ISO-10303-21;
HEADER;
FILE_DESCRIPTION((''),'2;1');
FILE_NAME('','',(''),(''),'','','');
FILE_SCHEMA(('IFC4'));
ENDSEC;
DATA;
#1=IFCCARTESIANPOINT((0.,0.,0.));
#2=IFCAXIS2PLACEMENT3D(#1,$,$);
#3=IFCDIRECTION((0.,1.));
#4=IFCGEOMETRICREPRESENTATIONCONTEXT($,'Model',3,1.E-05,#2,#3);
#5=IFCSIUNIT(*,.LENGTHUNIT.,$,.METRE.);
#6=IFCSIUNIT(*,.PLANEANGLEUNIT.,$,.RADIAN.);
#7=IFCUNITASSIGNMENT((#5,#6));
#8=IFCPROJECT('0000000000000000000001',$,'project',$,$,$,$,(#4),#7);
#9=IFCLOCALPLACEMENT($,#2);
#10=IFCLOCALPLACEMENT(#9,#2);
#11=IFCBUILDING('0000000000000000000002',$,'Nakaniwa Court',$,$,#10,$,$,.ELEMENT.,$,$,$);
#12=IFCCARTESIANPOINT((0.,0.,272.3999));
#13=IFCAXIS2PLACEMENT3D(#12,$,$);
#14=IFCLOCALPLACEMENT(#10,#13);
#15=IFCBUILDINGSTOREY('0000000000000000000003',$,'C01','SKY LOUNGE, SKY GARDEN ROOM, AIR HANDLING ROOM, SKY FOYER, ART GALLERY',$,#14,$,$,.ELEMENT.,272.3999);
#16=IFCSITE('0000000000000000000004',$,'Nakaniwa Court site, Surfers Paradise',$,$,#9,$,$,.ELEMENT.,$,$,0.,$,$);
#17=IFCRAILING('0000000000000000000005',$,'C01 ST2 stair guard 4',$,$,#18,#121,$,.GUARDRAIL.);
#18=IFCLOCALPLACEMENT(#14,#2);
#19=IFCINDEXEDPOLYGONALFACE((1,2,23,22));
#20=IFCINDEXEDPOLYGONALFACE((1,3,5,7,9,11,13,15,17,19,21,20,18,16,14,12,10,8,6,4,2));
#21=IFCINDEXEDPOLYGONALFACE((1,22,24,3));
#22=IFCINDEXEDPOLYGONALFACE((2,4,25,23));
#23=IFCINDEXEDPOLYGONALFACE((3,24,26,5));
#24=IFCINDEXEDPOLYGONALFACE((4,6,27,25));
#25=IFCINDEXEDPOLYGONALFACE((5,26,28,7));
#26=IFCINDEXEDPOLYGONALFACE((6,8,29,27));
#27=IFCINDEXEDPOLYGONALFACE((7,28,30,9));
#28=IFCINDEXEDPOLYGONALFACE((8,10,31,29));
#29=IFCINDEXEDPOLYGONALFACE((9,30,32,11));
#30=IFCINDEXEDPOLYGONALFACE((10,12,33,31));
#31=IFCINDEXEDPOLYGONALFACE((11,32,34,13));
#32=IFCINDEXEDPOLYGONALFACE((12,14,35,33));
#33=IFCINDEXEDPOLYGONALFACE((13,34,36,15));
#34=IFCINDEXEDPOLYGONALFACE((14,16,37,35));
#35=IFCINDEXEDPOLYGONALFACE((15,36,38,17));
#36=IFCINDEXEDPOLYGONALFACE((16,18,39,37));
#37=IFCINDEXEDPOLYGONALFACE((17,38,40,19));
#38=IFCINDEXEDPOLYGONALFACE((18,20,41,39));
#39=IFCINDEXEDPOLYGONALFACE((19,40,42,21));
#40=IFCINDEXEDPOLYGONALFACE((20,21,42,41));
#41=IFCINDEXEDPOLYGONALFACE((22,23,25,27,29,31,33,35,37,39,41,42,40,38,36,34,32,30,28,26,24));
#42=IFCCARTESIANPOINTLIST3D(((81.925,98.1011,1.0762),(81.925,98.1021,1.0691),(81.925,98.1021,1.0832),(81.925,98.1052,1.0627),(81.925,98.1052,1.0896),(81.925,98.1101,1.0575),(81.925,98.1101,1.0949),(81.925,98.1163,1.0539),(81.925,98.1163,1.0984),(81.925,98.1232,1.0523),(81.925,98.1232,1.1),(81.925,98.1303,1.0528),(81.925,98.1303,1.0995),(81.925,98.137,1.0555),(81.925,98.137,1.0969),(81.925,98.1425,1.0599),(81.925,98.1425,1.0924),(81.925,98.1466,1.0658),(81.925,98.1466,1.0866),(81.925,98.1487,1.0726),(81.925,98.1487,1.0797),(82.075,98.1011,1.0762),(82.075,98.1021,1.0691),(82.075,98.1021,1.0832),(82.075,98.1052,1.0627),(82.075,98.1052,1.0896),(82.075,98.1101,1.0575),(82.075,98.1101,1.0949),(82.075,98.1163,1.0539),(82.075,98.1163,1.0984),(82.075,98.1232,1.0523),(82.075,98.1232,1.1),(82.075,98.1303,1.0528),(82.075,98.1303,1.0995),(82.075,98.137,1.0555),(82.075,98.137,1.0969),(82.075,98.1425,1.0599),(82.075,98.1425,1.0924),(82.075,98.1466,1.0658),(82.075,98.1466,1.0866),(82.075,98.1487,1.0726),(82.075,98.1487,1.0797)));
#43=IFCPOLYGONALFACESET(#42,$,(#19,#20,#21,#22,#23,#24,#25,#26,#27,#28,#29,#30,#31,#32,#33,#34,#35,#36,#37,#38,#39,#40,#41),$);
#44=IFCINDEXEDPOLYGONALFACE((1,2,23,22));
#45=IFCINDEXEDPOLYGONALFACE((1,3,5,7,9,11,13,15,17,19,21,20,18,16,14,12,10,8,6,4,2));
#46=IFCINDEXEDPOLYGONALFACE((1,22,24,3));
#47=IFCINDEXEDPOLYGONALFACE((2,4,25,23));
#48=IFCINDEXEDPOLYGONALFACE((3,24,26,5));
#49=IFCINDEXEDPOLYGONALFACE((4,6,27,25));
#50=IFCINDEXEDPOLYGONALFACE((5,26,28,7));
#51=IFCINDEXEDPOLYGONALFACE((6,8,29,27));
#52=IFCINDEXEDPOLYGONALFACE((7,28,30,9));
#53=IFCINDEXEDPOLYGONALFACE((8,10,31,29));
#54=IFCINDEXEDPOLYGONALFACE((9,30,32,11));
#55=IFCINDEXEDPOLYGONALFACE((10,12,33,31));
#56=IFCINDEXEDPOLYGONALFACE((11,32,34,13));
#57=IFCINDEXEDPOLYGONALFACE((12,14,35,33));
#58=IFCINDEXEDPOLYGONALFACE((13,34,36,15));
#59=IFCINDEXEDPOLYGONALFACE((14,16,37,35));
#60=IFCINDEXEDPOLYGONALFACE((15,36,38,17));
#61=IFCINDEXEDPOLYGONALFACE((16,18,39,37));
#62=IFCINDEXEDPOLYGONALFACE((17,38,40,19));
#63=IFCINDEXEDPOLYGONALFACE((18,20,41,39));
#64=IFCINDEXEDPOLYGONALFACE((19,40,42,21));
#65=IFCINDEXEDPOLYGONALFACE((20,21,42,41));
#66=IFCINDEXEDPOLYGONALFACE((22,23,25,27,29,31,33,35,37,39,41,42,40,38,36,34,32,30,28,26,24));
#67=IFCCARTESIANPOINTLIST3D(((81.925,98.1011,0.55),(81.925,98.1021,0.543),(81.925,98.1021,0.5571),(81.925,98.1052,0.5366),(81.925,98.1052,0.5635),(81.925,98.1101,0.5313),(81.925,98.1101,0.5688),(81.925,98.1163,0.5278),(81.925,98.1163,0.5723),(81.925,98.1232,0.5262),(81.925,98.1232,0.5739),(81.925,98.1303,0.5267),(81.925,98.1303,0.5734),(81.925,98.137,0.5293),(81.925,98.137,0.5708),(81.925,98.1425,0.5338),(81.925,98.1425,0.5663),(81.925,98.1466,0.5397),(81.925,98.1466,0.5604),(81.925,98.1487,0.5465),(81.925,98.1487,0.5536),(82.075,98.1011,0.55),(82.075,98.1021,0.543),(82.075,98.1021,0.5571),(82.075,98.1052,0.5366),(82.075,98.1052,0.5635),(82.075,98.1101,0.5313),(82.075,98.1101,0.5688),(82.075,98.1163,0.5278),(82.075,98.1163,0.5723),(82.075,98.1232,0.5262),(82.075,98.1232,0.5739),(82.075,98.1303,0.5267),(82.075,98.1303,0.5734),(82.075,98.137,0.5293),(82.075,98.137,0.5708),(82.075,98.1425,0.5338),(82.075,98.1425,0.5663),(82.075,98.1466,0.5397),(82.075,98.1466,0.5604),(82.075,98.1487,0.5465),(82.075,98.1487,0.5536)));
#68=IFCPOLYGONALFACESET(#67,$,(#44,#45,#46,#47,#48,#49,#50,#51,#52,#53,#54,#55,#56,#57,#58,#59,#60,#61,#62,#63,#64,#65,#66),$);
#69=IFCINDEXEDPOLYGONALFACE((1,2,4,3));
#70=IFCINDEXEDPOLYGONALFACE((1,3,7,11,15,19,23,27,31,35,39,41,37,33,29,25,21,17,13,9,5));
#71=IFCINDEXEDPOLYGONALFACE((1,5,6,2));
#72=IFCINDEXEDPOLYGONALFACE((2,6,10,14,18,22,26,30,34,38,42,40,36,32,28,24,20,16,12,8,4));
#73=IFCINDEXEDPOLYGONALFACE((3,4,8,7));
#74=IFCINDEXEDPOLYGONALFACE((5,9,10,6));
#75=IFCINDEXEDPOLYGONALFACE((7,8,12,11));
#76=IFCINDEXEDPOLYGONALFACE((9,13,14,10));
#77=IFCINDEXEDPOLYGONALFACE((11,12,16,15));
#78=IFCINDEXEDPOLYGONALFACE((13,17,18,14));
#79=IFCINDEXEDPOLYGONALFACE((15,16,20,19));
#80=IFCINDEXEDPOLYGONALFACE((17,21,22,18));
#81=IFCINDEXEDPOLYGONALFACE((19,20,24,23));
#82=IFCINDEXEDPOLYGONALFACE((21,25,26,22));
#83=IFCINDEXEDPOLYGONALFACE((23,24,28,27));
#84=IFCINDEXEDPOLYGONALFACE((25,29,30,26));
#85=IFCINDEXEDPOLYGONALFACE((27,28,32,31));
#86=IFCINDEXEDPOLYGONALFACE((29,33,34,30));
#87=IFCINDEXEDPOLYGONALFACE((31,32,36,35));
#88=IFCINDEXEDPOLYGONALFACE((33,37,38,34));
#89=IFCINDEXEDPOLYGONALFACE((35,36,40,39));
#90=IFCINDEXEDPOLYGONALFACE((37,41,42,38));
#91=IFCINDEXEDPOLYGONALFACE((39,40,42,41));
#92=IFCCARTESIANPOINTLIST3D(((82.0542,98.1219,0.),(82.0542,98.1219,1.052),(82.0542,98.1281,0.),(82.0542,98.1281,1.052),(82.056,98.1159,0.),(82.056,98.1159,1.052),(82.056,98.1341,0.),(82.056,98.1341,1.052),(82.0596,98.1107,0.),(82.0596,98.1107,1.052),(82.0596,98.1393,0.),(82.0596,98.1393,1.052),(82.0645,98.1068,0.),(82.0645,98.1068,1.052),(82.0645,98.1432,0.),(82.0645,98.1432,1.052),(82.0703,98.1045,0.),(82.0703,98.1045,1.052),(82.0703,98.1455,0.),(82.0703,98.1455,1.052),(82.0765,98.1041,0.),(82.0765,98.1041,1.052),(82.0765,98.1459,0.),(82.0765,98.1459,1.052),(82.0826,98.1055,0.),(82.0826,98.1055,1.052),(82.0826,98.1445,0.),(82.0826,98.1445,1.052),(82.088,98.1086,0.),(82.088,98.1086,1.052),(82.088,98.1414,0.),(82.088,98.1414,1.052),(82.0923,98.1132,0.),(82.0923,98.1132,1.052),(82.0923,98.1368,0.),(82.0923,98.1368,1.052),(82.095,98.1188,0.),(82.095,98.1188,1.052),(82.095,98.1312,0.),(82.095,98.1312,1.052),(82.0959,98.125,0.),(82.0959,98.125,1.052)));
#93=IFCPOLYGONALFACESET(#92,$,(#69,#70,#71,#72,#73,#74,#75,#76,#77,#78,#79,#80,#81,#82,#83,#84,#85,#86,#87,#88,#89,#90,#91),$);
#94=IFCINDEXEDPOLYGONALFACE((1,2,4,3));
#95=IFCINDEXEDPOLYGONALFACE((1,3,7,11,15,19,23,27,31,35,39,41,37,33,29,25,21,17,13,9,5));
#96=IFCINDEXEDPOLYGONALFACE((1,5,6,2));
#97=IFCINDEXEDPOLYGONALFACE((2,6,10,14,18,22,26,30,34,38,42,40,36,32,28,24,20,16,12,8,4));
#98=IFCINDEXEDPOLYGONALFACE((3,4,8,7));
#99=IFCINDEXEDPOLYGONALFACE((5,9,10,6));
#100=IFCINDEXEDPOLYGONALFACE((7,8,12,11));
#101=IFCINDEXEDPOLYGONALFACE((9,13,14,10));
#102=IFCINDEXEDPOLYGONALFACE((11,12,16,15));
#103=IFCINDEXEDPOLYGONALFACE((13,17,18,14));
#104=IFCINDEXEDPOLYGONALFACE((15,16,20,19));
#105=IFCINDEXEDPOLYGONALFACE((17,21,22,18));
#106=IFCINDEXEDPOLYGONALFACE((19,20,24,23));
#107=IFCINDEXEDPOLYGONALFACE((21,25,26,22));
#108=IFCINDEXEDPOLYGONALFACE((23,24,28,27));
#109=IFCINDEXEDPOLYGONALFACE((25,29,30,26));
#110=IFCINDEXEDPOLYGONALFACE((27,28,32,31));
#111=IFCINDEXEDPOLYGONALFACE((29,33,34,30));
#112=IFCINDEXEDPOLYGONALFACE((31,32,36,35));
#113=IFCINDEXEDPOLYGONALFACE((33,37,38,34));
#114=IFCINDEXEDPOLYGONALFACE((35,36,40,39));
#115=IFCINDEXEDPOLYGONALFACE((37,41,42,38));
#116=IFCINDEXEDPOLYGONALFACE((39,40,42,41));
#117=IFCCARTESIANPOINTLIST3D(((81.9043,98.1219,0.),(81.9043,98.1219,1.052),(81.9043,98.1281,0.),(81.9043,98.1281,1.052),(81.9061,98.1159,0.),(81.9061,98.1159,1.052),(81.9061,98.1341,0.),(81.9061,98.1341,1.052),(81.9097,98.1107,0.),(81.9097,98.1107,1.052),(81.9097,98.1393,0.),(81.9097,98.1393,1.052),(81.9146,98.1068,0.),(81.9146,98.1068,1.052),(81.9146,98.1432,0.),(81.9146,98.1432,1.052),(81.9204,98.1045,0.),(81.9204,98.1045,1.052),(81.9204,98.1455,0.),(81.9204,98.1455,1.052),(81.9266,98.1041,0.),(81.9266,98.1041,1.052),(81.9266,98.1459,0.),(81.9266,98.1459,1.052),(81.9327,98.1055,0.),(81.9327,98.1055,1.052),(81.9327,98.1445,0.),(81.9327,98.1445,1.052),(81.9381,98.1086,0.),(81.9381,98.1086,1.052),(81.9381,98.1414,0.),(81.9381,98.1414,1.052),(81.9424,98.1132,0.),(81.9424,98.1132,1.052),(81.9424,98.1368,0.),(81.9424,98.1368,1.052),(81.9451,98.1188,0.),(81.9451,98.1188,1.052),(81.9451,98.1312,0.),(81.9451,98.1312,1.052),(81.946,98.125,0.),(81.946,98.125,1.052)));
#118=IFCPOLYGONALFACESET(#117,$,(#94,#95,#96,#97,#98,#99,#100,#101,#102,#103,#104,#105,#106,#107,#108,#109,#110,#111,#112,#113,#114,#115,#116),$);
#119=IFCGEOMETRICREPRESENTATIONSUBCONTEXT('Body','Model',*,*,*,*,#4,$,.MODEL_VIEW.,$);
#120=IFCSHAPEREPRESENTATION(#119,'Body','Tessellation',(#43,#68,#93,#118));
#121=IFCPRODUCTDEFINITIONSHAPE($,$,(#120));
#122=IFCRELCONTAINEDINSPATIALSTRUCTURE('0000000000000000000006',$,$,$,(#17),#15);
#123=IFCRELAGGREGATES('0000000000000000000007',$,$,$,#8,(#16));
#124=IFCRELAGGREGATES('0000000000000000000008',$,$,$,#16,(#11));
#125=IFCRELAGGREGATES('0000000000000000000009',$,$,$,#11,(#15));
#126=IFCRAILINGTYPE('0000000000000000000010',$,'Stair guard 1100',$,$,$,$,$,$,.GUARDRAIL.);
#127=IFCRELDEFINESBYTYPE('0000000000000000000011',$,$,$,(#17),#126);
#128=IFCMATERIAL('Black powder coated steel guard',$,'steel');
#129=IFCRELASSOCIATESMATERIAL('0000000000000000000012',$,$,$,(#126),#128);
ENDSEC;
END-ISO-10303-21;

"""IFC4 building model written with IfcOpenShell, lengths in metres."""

from ifc_helpers import new_model, si_unit, direction, frame, origin, origin_2d, place, context, subcontext, project, spatial, circle, extrude, material, type_object, element, save


model = new_model("IFC4")

# Units and contexts
model_context = context("Model", 3, precision=1e-05, world=origin(), true_north=direction((0.0, 1.0)))
body_context = subcontext(model_context, "Body", "Model", "MODEL_VIEW")
ifc_project = project(units=[si_unit("LENGTHUNIT", "METRE"), si_unit("PLANEANGLEUNIT", "RADIAN")], contexts=[model_context])

# Site, building, storey
site_placement = place(None, origin())
site = spatial("IfcSite", under=ifc_project, at=site_placement, Name="Nakaniwa Court site, Surfers Paradise", CompositionType="ELEMENT", RefElevation=0.0)
building_placement = place(site_placement, origin())
building = spatial("IfcBuilding", under=site, at=building_placement, Name="Nakaniwa Court", CompositionType="ELEMENT")
storey_placement = place(building_placement, frame((0.0, 0.0, 272.3999)))
storey = spatial("IfcBuildingStorey", under=building, at=storey_placement, Name="C01", Description="SKY LOUNGE, SKY GARDEN ROOM, AIR HANDLING ROOM, SKY FOYER, ART GALLERY", CompositionType="ELEMENT", Elevation=272.3999)

# Railing
ifc_material_1 = material(Name="Black powder coated steel guard", Category="steel")
railing_type_1 = type_object("IfcRailingType", Name="Stair guard 1100", PredefinedType="GUARDRAIL", material=ifc_material_1)
railing_1_placement = place(storey_placement, frame((82.075, 98.125, 0.0)))
element("IfcRailing", 1, at=railing_1_placement, inside=storey, type_object=railing_type_1, Name="C01 ST2 stair guard 4", PredefinedType="GUARDRAIL", context=body_context, shape_type="SweptSolid", body=[
    extrude(circle(Radius=0.0239, at=origin_2d()), frame((0.0, 0.0, 1.0762), z_axis=(-1.0, 0.0, 0.0), x_axis=(0.0, -1.0, 0.0)), (0.0, 0.0, 1.0), 0.1499),
    extrude(circle(Radius=0.0239, at=origin_2d()), frame((0.0, 0.0, 0.55), z_axis=(-1.0, 0.0, 0.0), x_axis=(0.0, -1.0, 0.0)), (0.0, 0.0, 1.0), 0.1499),
    extrude(circle(Radius=0.021, at=origin_2d()), origin(), (0.0, 0.0, 1.0), 1.052),
    extrude(circle(Radius=0.021, at=origin_2d()), frame((-0.1499, 0.0, 0.0)), (0.0, 0.0, 1.0), 1.052),
])

save(model, "model.ifc")
